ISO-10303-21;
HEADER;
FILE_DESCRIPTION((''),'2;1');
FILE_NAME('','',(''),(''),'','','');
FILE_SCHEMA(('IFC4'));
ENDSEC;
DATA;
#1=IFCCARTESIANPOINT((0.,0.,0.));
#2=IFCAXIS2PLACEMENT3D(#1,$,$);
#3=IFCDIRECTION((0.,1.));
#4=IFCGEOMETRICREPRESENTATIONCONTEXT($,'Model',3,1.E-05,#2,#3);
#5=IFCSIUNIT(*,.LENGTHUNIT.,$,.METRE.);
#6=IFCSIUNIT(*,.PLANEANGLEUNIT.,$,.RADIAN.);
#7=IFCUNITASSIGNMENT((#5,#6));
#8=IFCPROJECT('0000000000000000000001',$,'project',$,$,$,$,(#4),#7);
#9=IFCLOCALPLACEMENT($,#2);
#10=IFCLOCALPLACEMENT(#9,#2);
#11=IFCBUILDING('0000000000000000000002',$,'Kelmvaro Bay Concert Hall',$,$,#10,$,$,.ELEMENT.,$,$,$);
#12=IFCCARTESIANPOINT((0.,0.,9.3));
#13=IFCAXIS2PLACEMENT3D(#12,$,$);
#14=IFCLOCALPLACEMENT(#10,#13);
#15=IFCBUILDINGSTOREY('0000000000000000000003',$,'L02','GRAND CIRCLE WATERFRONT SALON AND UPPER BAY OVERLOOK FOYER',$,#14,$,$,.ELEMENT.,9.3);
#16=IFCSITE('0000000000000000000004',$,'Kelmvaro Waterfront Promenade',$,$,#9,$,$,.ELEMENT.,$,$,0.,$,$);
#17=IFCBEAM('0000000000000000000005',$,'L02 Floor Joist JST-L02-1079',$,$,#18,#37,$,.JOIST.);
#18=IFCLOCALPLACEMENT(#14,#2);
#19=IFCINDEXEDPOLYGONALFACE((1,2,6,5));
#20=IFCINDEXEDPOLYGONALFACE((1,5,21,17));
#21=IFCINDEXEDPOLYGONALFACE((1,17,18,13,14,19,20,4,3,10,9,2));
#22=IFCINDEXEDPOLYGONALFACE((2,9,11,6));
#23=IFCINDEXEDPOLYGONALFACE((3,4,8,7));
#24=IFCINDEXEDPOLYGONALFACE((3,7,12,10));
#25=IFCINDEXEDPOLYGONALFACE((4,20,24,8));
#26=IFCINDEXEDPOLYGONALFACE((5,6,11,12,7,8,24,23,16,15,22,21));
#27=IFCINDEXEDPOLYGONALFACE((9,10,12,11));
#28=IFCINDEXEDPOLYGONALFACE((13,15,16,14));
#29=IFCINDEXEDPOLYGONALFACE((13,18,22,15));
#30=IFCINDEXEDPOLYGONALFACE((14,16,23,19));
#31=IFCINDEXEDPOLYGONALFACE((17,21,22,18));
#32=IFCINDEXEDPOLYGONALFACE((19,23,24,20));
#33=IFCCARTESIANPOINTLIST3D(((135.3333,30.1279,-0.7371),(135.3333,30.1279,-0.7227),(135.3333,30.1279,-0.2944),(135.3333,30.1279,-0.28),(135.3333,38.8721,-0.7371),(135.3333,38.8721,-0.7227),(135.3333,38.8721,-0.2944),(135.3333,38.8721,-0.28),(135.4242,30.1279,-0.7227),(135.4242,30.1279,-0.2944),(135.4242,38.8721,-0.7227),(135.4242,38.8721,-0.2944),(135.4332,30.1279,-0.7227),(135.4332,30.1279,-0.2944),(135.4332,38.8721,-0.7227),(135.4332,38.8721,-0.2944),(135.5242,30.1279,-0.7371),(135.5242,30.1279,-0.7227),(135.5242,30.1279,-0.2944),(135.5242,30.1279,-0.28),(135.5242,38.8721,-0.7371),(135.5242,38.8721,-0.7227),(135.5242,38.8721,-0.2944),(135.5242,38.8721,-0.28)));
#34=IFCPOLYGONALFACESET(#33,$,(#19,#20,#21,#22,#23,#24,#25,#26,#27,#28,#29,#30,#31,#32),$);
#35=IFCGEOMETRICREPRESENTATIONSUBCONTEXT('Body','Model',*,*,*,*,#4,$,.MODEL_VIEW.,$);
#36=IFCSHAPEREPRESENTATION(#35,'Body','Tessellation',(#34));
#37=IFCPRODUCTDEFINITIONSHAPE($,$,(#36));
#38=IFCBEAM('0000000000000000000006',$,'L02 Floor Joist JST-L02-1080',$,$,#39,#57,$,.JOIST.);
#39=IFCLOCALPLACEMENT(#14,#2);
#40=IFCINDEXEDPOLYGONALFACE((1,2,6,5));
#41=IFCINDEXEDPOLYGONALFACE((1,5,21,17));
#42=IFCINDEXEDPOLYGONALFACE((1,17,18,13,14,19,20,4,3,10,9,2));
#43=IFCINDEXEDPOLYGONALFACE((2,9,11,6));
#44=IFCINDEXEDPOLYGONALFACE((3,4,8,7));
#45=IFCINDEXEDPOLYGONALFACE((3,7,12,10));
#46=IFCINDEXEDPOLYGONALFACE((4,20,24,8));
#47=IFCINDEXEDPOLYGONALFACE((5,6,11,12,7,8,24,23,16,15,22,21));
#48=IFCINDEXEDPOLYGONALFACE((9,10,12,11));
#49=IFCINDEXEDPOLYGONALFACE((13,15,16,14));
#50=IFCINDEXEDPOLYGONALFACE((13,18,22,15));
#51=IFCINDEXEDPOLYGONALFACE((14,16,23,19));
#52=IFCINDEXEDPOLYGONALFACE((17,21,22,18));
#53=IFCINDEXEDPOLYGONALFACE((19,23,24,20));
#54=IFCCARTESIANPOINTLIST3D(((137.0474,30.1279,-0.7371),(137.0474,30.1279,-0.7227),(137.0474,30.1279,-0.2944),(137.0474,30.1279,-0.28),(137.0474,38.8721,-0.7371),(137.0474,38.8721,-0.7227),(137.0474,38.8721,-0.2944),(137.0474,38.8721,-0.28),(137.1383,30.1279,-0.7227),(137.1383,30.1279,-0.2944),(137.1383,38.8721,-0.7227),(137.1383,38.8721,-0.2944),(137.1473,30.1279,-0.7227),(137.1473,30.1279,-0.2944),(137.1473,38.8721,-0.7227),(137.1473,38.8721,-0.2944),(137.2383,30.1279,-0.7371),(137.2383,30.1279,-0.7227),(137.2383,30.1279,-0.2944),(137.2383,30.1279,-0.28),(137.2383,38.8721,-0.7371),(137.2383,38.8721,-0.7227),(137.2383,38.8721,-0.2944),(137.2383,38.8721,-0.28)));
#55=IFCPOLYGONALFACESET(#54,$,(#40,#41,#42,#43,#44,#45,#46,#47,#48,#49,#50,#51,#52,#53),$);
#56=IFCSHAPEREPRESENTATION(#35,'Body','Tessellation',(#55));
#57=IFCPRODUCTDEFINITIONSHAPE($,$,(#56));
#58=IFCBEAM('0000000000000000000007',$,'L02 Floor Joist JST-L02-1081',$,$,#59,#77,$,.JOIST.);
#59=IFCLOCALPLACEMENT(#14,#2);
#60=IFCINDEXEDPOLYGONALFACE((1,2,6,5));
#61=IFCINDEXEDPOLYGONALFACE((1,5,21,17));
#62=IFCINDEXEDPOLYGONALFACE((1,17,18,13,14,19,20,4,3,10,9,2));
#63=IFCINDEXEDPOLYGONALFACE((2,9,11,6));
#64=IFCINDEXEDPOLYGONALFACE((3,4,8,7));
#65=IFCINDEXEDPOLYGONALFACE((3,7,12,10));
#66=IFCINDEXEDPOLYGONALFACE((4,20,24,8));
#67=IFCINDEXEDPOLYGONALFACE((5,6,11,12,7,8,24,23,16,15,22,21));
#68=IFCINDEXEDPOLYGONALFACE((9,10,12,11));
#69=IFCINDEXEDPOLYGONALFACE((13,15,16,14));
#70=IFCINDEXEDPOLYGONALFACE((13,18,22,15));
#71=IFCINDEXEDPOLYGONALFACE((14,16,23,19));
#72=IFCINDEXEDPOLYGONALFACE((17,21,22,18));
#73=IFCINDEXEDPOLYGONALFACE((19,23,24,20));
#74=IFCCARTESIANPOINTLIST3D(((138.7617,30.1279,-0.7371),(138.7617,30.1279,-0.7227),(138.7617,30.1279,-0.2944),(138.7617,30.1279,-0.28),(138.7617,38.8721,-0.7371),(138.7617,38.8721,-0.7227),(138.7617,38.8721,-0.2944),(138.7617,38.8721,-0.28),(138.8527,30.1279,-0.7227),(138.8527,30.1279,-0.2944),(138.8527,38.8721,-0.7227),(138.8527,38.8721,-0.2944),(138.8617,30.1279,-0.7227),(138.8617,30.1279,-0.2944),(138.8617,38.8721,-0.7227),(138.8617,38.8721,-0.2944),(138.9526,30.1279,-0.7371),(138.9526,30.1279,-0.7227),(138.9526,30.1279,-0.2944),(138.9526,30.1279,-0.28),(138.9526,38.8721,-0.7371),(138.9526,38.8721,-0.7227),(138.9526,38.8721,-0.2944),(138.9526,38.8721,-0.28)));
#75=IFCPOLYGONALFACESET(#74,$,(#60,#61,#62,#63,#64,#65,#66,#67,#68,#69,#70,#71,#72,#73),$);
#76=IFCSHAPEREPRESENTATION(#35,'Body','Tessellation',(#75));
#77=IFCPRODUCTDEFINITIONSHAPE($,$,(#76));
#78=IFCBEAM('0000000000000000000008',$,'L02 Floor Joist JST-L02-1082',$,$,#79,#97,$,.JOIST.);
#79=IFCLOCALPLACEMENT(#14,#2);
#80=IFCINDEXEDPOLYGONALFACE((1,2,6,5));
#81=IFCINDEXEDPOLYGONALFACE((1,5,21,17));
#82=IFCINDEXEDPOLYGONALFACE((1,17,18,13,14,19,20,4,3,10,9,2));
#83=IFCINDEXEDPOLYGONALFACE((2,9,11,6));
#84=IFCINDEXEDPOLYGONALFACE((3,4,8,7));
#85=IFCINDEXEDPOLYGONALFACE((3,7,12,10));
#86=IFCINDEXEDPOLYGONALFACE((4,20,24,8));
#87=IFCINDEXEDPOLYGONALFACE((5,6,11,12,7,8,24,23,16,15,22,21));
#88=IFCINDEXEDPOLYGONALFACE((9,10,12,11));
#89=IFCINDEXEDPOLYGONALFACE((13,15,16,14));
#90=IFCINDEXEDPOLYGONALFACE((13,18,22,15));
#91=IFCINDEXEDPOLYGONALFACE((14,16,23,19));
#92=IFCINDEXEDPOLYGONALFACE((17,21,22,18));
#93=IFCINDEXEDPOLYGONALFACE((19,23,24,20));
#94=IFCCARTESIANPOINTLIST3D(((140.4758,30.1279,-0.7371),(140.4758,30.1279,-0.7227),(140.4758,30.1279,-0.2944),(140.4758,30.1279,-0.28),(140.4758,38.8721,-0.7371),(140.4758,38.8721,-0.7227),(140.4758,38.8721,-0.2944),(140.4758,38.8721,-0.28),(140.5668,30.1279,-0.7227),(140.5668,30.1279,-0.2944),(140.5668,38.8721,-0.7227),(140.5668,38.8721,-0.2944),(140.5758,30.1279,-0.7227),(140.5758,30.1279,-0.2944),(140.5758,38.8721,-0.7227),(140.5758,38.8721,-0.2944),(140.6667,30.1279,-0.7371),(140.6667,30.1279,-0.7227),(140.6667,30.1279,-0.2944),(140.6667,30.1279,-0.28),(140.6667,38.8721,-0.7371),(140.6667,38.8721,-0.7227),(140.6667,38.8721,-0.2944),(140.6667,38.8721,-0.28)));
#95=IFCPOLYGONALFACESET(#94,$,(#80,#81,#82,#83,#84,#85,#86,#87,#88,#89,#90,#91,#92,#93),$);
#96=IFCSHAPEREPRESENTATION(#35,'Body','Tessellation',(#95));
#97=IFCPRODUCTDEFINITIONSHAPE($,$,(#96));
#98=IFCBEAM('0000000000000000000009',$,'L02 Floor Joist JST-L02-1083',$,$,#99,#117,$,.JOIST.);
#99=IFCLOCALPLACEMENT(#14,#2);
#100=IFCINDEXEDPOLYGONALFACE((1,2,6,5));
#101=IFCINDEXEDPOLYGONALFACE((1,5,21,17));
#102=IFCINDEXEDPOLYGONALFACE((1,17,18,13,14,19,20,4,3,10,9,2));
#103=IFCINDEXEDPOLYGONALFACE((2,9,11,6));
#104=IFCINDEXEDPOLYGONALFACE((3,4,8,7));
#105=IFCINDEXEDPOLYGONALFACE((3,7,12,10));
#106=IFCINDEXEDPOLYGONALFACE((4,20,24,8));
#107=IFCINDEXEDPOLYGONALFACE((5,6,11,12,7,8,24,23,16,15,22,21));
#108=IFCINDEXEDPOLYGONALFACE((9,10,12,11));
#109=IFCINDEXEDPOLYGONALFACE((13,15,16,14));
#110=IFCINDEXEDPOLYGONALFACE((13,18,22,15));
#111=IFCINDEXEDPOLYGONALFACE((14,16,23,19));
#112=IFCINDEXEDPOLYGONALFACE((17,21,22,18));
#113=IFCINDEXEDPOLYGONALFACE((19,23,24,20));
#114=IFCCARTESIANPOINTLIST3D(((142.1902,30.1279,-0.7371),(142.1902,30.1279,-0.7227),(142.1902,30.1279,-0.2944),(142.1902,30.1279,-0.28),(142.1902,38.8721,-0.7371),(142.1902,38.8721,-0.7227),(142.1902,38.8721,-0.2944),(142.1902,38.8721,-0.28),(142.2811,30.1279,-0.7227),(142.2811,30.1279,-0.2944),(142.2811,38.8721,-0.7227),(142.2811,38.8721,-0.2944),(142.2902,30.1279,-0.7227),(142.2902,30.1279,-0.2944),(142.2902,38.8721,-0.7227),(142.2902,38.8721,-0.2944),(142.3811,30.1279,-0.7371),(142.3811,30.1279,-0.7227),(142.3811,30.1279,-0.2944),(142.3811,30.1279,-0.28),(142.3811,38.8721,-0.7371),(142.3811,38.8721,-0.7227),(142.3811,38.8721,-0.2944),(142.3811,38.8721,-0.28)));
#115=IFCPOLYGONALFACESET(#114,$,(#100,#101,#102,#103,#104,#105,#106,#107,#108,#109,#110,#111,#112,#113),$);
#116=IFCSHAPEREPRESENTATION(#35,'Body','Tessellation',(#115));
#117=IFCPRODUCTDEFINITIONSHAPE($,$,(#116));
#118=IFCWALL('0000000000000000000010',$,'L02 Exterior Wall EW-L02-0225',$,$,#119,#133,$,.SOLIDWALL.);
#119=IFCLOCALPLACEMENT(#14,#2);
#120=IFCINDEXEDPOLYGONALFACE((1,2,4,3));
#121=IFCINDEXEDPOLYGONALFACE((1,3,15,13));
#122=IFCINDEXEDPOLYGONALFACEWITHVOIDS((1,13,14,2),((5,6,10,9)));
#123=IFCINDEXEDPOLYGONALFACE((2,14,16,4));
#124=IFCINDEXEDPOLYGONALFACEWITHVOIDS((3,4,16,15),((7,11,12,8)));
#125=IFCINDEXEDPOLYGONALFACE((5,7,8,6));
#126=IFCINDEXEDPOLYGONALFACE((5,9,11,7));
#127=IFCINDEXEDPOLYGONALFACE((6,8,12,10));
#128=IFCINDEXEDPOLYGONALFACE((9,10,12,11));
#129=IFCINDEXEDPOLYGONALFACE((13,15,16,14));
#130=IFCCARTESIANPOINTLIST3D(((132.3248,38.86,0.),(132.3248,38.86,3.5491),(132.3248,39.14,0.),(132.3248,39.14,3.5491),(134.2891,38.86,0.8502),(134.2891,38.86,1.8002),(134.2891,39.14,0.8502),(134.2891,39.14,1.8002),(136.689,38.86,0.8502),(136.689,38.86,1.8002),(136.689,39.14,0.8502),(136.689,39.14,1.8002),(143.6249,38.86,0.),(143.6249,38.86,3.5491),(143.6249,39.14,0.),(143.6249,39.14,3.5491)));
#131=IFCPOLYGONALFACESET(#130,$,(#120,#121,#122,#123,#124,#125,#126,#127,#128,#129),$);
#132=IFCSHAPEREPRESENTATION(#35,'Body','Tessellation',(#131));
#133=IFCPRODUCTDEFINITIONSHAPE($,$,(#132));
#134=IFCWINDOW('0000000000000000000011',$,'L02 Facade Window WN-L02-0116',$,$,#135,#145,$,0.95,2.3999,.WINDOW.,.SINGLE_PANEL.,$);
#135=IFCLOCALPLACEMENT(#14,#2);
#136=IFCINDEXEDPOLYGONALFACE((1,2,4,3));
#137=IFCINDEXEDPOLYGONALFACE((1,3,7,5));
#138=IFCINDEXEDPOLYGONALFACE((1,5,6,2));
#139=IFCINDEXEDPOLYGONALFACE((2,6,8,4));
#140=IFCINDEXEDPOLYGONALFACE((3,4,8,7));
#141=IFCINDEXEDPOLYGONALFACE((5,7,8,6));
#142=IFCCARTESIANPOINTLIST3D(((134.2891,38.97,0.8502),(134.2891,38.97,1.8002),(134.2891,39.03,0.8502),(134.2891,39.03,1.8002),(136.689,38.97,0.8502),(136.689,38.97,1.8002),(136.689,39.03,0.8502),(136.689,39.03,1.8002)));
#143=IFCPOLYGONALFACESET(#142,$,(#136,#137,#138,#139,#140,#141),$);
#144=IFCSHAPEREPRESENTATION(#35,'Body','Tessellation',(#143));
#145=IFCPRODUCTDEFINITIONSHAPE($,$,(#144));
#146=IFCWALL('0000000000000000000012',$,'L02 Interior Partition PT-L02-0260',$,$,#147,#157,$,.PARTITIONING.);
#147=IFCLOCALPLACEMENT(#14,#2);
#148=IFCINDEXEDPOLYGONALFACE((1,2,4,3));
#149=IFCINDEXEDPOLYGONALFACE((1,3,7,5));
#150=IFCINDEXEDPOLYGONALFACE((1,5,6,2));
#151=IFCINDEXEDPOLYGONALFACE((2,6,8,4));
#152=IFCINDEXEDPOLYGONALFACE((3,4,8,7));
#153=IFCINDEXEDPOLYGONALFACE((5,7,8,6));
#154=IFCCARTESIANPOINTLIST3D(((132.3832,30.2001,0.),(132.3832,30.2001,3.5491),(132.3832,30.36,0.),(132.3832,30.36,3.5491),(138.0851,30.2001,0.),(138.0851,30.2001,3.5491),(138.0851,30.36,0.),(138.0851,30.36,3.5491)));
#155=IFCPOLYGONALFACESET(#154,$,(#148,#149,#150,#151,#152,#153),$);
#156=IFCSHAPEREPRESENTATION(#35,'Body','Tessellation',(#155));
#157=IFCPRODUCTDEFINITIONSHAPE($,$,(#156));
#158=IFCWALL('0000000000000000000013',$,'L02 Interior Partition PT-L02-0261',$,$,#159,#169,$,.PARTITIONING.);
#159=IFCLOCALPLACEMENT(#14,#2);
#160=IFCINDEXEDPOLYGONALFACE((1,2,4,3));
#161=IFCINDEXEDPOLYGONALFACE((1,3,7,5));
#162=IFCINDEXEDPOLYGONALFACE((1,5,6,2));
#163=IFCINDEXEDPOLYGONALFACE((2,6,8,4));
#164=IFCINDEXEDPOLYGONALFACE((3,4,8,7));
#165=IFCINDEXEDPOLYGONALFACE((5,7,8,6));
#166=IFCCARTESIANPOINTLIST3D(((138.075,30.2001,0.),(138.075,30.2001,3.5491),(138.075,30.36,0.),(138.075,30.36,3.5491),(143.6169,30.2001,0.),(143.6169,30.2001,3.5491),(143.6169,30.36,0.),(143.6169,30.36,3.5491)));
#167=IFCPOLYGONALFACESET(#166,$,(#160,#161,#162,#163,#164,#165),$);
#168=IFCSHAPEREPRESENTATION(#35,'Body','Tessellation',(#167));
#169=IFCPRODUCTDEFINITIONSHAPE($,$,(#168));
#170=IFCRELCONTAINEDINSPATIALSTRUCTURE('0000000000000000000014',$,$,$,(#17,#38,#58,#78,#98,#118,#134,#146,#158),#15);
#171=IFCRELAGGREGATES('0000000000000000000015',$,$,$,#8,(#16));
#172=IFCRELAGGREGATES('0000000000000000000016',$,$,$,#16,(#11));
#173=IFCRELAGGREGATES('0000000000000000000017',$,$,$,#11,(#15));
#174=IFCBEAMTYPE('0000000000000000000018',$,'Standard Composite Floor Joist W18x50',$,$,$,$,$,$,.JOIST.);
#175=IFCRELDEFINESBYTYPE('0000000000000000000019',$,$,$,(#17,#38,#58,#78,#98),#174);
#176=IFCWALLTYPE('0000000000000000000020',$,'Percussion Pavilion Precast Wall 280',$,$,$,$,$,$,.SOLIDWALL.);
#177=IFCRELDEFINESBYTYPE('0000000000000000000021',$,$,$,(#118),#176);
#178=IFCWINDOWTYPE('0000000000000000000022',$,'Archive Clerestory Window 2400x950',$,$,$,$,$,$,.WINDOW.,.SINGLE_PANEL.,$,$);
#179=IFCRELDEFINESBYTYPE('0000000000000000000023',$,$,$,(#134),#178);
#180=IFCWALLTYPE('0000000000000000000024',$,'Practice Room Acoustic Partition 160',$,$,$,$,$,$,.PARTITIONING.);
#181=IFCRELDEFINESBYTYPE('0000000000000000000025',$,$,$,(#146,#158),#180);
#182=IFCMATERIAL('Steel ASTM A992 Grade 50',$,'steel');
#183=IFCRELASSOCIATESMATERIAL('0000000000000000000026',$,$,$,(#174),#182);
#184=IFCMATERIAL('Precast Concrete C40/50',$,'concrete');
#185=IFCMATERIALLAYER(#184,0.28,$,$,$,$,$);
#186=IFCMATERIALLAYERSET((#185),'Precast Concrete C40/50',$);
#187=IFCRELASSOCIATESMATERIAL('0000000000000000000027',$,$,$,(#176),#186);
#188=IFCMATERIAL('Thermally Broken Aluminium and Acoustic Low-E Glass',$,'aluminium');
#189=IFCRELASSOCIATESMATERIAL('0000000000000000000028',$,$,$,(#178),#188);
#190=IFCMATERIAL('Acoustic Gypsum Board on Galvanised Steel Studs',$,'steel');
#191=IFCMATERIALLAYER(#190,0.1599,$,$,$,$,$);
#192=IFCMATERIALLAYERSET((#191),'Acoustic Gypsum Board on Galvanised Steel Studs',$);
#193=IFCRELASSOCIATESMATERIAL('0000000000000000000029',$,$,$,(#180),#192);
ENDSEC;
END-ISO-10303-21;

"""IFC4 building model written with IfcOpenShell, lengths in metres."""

from ifc_helpers import new_model, si_unit, direction, frame, frame_2d, origin, origin_2d, place, context, subcontext, project, spatial, rectangle, i_section, extrude, material, layer, layer_set, material_profile, profile_set, type_object, element, fill, save


model = new_model("IFC4")

# Units and contexts
model_context = context("Model", 3, precision=1e-05, world=origin(), true_north=direction((0.0, 1.0)))
body_context = subcontext(model_context, "Body", "Model", "MODEL_VIEW")
ifc_project = project(units=[si_unit("LENGTHUNIT", "METRE"), si_unit("PLANEANGLEUNIT", "RADIAN")], contexts=[model_context])

# Site, building, storey
site_placement = place(None, origin())
site = spatial("IfcSite", under=ifc_project, at=site_placement, Name="Kelmvaro Waterfront Promenade", CompositionType="ELEMENT", RefElevation=0.0)
building_placement = place(site_placement, origin())
building = spatial("IfcBuilding", under=site, at=building_placement, Name="Kelmvaro Bay Concert Hall", CompositionType="ELEMENT")
storey_placement = place(building_placement, frame((0.0, 0.0, 9.3)))
storey = spatial("IfcBuildingStorey", under=building, at=storey_placement, Name="L02", Description="GRAND CIRCLE WATERFRONT SALON AND UPPER BAY OVERLOOK FOYER", CompositionType="ELEMENT", Elevation=9.3)

# Beams
ifc_material_1 = material(Name="Steel ASTM A992 Grade 50", Category="steel")
ifc_material_profile_1 = material_profile(ifc_material_1, i_section(OverallWidth=0.1909, OverallDepth=0.457, WebThickness=0.009, FlangeThickness=0.0144, at=origin_2d()), Name="W18X50")
ifc_profile_set_1 = profile_set([ifc_material_profile_1], Name="Steel ASTM A992 Grade 50")
beam_type_1 = type_object("IfcBeamType", Name="Standard Composite Floor Joist W18x50", PredefinedType="JOIST", material=ifc_profile_set_1)
for number, where, z_axis, x_axis, name in (
    (1, (135.4287, 30.1279, -0.5085), (0.0, 1.0, 0.0), (-1.0, 0.0, 0.0), "L02 Floor Joist JST-L02-1079"),
    (2, (137.1428, 30.1279, -0.5085), (0.0, 1.0, 0.0), (-1.0, 0.0, 0.0), "L02 Floor Joist JST-L02-1080"),
    (3, (138.8572, 30.1279, -0.5085), (0.0, 1.0, 0.0), (-1.0, 0.0, 0.0), "L02 Floor Joist JST-L02-1081"),
    (4, (140.5713, 30.1279, -0.5085), (0.0, 1.0, 0.0), (-1.0, 0.0, 0.0), "L02 Floor Joist JST-L02-1082"),
    (5, (142.2856, 30.1279, -0.5085), (0.0, 1.0, 0.0), (-1.0, 0.0, 0.0), "L02 Floor Joist JST-L02-1083"),
):
    element("IfcBeam", number, at=place(storey_placement, frame(where, z_axis=z_axis, x_axis=x_axis)), inside=storey, type_object=beam_type_1, Name=name, PredefinedType="JOIST", context=body_context, shape_type="SweptSolid", body=[
        extrude(i_section(OverallWidth=0.1909, OverallDepth=0.457, WebThickness=0.009, FlangeThickness=0.0144, at=origin_2d()), origin(), (0.0, 0.0, 1.0), 8.7441),
    ])

# Wall, opening, window
ifc_material_2 = material(Name="Precast Concrete C40/50", Category="concrete")
ifc_layer_1 = layer(ifc_material_2, 0.28)
ifc_layer_set_1 = layer_set([ifc_layer_1], Name="Precast Concrete C40/50")
wall_type_1 = type_object("IfcWallType", Name="Percussion Pavilion Precast Wall 280", PredefinedType="SOLIDWALL", material=ifc_layer_set_1)
wall_1_placement = place(storey_placement, frame((132.325, 39.0, 0.0), z_axis=(0.0, 0.0, 1.0), x_axis=(1.0, 0.0, 0.0)))
wall_1 = element("IfcWall", 6, at=wall_1_placement, inside=storey, type_object=wall_type_1, Name="L02 Exterior Wall EW-L02-0225", PredefinedType="SOLIDWALL", context=body_context, shape_type="SweptSolid", body=[
    extrude(rectangle(XDim=11.3, YDim=0.28, at=frame_2d((5.6499, 0.0))), origin(), (0.0, 0.0, 1.0), 3.5491),
])
opening_1_placement = place(wall_1_placement, frame((1.9641, 0.0, 0.8501)))
opening_1 = element("IfcOpeningElement", 7, at=opening_1_placement, cuts=wall_1, PredefinedType="OPENING", context=body_context, shape_type="SweptSolid", body=[
    extrude(rectangle(XDim=2.3999, YDim=0.95, at=frame_2d((1.2, 0.4751))), frame((0.0, 0.1499, 0.0), z_axis=(0.0, -1.0, 0.0), x_axis=(1.0, 0.0, 0.0)), (0.0, 0.0, 1.0), 0.3),
])
ifc_material_3 = material(Name="Thermally Broken Aluminium and Acoustic Low-E Glass", Category="aluminium")
window_type = type_object("IfcWindowType", Name="Archive Clerestory Window 2400x950", PartitioningType="SINGLE_PANEL", PredefinedType="WINDOW", material=ifc_material_3)
window_placement = place(opening_1_placement, origin())
window = element("IfcWindow", 8, at=window_placement, inside=storey, type_object=window_type, Name="L02 Facade Window WN-L02-0116", OverallHeight=0.95, OverallWidth=2.3999, PartitioningType="SINGLE_PANEL", PredefinedType="WINDOW", context=body_context, shape_type="SweptSolid", body=[
    extrude(rectangle(XDim=2.3999, YDim=0.95, at=frame_2d((1.2, 0.4751))), frame((0.0, 0.03, 0.0), z_axis=(0.0, -1.0, 0.0), x_axis=(1.0, 0.0, 0.0)), (0.0, 0.0, 1.0), 0.0601),
])
fill(opening_1, window)

# Walls
ifc_material_4 = material(Name="Acoustic Gypsum Board on Galvanised Steel Studs", Category="steel")
ifc_layer_2 = layer(ifc_material_4, 0.1599)
ifc_layer_set_2 = layer_set([ifc_layer_2], Name="Acoustic Gypsum Board on Galvanised Steel Studs")
wall_type_2 = type_object("IfcWallType", Name="Practice Room Acoustic Partition 160", PredefinedType="PARTITIONING", material=ifc_layer_set_2)
wall_2_placement = place(storey_placement, frame((132.3831, 30.28, 0.0), z_axis=(0.0, 0.0, 1.0), x_axis=(1.0, 0.0, 0.0)))
element("IfcWall", 9, at=wall_2_placement, inside=storey, type_object=wall_type_2, Name="L02 Interior Partition PT-L02-0260", PredefinedType="PARTITIONING", context=body_context, shape_type="SweptSolid", body=[
    extrude(rectangle(XDim=5.7019, YDim=0.1599, at=frame_2d((2.8511, 0.0))), origin(), (0.0, 0.0, 1.0), 3.5491),
])
wall_3_placement = place(storey_placement, frame((138.075, 30.28, 0.0), z_axis=(0.0, 0.0, 1.0), x_axis=(1.0, 0.0, 0.0)))
element("IfcWall", 10, at=wall_3_placement, inside=storey, type_object=wall_type_2, Name="L02 Interior Partition PT-L02-0261", PredefinedType="PARTITIONING", context=body_context, shape_type="SweptSolid", body=[
    extrude(rectangle(XDim=5.542, YDim=0.1599, at=frame_2d((2.771, 0.0))), origin(), (0.0, 0.0, 1.0), 3.5491),
])

save(model, "model.ifc")
